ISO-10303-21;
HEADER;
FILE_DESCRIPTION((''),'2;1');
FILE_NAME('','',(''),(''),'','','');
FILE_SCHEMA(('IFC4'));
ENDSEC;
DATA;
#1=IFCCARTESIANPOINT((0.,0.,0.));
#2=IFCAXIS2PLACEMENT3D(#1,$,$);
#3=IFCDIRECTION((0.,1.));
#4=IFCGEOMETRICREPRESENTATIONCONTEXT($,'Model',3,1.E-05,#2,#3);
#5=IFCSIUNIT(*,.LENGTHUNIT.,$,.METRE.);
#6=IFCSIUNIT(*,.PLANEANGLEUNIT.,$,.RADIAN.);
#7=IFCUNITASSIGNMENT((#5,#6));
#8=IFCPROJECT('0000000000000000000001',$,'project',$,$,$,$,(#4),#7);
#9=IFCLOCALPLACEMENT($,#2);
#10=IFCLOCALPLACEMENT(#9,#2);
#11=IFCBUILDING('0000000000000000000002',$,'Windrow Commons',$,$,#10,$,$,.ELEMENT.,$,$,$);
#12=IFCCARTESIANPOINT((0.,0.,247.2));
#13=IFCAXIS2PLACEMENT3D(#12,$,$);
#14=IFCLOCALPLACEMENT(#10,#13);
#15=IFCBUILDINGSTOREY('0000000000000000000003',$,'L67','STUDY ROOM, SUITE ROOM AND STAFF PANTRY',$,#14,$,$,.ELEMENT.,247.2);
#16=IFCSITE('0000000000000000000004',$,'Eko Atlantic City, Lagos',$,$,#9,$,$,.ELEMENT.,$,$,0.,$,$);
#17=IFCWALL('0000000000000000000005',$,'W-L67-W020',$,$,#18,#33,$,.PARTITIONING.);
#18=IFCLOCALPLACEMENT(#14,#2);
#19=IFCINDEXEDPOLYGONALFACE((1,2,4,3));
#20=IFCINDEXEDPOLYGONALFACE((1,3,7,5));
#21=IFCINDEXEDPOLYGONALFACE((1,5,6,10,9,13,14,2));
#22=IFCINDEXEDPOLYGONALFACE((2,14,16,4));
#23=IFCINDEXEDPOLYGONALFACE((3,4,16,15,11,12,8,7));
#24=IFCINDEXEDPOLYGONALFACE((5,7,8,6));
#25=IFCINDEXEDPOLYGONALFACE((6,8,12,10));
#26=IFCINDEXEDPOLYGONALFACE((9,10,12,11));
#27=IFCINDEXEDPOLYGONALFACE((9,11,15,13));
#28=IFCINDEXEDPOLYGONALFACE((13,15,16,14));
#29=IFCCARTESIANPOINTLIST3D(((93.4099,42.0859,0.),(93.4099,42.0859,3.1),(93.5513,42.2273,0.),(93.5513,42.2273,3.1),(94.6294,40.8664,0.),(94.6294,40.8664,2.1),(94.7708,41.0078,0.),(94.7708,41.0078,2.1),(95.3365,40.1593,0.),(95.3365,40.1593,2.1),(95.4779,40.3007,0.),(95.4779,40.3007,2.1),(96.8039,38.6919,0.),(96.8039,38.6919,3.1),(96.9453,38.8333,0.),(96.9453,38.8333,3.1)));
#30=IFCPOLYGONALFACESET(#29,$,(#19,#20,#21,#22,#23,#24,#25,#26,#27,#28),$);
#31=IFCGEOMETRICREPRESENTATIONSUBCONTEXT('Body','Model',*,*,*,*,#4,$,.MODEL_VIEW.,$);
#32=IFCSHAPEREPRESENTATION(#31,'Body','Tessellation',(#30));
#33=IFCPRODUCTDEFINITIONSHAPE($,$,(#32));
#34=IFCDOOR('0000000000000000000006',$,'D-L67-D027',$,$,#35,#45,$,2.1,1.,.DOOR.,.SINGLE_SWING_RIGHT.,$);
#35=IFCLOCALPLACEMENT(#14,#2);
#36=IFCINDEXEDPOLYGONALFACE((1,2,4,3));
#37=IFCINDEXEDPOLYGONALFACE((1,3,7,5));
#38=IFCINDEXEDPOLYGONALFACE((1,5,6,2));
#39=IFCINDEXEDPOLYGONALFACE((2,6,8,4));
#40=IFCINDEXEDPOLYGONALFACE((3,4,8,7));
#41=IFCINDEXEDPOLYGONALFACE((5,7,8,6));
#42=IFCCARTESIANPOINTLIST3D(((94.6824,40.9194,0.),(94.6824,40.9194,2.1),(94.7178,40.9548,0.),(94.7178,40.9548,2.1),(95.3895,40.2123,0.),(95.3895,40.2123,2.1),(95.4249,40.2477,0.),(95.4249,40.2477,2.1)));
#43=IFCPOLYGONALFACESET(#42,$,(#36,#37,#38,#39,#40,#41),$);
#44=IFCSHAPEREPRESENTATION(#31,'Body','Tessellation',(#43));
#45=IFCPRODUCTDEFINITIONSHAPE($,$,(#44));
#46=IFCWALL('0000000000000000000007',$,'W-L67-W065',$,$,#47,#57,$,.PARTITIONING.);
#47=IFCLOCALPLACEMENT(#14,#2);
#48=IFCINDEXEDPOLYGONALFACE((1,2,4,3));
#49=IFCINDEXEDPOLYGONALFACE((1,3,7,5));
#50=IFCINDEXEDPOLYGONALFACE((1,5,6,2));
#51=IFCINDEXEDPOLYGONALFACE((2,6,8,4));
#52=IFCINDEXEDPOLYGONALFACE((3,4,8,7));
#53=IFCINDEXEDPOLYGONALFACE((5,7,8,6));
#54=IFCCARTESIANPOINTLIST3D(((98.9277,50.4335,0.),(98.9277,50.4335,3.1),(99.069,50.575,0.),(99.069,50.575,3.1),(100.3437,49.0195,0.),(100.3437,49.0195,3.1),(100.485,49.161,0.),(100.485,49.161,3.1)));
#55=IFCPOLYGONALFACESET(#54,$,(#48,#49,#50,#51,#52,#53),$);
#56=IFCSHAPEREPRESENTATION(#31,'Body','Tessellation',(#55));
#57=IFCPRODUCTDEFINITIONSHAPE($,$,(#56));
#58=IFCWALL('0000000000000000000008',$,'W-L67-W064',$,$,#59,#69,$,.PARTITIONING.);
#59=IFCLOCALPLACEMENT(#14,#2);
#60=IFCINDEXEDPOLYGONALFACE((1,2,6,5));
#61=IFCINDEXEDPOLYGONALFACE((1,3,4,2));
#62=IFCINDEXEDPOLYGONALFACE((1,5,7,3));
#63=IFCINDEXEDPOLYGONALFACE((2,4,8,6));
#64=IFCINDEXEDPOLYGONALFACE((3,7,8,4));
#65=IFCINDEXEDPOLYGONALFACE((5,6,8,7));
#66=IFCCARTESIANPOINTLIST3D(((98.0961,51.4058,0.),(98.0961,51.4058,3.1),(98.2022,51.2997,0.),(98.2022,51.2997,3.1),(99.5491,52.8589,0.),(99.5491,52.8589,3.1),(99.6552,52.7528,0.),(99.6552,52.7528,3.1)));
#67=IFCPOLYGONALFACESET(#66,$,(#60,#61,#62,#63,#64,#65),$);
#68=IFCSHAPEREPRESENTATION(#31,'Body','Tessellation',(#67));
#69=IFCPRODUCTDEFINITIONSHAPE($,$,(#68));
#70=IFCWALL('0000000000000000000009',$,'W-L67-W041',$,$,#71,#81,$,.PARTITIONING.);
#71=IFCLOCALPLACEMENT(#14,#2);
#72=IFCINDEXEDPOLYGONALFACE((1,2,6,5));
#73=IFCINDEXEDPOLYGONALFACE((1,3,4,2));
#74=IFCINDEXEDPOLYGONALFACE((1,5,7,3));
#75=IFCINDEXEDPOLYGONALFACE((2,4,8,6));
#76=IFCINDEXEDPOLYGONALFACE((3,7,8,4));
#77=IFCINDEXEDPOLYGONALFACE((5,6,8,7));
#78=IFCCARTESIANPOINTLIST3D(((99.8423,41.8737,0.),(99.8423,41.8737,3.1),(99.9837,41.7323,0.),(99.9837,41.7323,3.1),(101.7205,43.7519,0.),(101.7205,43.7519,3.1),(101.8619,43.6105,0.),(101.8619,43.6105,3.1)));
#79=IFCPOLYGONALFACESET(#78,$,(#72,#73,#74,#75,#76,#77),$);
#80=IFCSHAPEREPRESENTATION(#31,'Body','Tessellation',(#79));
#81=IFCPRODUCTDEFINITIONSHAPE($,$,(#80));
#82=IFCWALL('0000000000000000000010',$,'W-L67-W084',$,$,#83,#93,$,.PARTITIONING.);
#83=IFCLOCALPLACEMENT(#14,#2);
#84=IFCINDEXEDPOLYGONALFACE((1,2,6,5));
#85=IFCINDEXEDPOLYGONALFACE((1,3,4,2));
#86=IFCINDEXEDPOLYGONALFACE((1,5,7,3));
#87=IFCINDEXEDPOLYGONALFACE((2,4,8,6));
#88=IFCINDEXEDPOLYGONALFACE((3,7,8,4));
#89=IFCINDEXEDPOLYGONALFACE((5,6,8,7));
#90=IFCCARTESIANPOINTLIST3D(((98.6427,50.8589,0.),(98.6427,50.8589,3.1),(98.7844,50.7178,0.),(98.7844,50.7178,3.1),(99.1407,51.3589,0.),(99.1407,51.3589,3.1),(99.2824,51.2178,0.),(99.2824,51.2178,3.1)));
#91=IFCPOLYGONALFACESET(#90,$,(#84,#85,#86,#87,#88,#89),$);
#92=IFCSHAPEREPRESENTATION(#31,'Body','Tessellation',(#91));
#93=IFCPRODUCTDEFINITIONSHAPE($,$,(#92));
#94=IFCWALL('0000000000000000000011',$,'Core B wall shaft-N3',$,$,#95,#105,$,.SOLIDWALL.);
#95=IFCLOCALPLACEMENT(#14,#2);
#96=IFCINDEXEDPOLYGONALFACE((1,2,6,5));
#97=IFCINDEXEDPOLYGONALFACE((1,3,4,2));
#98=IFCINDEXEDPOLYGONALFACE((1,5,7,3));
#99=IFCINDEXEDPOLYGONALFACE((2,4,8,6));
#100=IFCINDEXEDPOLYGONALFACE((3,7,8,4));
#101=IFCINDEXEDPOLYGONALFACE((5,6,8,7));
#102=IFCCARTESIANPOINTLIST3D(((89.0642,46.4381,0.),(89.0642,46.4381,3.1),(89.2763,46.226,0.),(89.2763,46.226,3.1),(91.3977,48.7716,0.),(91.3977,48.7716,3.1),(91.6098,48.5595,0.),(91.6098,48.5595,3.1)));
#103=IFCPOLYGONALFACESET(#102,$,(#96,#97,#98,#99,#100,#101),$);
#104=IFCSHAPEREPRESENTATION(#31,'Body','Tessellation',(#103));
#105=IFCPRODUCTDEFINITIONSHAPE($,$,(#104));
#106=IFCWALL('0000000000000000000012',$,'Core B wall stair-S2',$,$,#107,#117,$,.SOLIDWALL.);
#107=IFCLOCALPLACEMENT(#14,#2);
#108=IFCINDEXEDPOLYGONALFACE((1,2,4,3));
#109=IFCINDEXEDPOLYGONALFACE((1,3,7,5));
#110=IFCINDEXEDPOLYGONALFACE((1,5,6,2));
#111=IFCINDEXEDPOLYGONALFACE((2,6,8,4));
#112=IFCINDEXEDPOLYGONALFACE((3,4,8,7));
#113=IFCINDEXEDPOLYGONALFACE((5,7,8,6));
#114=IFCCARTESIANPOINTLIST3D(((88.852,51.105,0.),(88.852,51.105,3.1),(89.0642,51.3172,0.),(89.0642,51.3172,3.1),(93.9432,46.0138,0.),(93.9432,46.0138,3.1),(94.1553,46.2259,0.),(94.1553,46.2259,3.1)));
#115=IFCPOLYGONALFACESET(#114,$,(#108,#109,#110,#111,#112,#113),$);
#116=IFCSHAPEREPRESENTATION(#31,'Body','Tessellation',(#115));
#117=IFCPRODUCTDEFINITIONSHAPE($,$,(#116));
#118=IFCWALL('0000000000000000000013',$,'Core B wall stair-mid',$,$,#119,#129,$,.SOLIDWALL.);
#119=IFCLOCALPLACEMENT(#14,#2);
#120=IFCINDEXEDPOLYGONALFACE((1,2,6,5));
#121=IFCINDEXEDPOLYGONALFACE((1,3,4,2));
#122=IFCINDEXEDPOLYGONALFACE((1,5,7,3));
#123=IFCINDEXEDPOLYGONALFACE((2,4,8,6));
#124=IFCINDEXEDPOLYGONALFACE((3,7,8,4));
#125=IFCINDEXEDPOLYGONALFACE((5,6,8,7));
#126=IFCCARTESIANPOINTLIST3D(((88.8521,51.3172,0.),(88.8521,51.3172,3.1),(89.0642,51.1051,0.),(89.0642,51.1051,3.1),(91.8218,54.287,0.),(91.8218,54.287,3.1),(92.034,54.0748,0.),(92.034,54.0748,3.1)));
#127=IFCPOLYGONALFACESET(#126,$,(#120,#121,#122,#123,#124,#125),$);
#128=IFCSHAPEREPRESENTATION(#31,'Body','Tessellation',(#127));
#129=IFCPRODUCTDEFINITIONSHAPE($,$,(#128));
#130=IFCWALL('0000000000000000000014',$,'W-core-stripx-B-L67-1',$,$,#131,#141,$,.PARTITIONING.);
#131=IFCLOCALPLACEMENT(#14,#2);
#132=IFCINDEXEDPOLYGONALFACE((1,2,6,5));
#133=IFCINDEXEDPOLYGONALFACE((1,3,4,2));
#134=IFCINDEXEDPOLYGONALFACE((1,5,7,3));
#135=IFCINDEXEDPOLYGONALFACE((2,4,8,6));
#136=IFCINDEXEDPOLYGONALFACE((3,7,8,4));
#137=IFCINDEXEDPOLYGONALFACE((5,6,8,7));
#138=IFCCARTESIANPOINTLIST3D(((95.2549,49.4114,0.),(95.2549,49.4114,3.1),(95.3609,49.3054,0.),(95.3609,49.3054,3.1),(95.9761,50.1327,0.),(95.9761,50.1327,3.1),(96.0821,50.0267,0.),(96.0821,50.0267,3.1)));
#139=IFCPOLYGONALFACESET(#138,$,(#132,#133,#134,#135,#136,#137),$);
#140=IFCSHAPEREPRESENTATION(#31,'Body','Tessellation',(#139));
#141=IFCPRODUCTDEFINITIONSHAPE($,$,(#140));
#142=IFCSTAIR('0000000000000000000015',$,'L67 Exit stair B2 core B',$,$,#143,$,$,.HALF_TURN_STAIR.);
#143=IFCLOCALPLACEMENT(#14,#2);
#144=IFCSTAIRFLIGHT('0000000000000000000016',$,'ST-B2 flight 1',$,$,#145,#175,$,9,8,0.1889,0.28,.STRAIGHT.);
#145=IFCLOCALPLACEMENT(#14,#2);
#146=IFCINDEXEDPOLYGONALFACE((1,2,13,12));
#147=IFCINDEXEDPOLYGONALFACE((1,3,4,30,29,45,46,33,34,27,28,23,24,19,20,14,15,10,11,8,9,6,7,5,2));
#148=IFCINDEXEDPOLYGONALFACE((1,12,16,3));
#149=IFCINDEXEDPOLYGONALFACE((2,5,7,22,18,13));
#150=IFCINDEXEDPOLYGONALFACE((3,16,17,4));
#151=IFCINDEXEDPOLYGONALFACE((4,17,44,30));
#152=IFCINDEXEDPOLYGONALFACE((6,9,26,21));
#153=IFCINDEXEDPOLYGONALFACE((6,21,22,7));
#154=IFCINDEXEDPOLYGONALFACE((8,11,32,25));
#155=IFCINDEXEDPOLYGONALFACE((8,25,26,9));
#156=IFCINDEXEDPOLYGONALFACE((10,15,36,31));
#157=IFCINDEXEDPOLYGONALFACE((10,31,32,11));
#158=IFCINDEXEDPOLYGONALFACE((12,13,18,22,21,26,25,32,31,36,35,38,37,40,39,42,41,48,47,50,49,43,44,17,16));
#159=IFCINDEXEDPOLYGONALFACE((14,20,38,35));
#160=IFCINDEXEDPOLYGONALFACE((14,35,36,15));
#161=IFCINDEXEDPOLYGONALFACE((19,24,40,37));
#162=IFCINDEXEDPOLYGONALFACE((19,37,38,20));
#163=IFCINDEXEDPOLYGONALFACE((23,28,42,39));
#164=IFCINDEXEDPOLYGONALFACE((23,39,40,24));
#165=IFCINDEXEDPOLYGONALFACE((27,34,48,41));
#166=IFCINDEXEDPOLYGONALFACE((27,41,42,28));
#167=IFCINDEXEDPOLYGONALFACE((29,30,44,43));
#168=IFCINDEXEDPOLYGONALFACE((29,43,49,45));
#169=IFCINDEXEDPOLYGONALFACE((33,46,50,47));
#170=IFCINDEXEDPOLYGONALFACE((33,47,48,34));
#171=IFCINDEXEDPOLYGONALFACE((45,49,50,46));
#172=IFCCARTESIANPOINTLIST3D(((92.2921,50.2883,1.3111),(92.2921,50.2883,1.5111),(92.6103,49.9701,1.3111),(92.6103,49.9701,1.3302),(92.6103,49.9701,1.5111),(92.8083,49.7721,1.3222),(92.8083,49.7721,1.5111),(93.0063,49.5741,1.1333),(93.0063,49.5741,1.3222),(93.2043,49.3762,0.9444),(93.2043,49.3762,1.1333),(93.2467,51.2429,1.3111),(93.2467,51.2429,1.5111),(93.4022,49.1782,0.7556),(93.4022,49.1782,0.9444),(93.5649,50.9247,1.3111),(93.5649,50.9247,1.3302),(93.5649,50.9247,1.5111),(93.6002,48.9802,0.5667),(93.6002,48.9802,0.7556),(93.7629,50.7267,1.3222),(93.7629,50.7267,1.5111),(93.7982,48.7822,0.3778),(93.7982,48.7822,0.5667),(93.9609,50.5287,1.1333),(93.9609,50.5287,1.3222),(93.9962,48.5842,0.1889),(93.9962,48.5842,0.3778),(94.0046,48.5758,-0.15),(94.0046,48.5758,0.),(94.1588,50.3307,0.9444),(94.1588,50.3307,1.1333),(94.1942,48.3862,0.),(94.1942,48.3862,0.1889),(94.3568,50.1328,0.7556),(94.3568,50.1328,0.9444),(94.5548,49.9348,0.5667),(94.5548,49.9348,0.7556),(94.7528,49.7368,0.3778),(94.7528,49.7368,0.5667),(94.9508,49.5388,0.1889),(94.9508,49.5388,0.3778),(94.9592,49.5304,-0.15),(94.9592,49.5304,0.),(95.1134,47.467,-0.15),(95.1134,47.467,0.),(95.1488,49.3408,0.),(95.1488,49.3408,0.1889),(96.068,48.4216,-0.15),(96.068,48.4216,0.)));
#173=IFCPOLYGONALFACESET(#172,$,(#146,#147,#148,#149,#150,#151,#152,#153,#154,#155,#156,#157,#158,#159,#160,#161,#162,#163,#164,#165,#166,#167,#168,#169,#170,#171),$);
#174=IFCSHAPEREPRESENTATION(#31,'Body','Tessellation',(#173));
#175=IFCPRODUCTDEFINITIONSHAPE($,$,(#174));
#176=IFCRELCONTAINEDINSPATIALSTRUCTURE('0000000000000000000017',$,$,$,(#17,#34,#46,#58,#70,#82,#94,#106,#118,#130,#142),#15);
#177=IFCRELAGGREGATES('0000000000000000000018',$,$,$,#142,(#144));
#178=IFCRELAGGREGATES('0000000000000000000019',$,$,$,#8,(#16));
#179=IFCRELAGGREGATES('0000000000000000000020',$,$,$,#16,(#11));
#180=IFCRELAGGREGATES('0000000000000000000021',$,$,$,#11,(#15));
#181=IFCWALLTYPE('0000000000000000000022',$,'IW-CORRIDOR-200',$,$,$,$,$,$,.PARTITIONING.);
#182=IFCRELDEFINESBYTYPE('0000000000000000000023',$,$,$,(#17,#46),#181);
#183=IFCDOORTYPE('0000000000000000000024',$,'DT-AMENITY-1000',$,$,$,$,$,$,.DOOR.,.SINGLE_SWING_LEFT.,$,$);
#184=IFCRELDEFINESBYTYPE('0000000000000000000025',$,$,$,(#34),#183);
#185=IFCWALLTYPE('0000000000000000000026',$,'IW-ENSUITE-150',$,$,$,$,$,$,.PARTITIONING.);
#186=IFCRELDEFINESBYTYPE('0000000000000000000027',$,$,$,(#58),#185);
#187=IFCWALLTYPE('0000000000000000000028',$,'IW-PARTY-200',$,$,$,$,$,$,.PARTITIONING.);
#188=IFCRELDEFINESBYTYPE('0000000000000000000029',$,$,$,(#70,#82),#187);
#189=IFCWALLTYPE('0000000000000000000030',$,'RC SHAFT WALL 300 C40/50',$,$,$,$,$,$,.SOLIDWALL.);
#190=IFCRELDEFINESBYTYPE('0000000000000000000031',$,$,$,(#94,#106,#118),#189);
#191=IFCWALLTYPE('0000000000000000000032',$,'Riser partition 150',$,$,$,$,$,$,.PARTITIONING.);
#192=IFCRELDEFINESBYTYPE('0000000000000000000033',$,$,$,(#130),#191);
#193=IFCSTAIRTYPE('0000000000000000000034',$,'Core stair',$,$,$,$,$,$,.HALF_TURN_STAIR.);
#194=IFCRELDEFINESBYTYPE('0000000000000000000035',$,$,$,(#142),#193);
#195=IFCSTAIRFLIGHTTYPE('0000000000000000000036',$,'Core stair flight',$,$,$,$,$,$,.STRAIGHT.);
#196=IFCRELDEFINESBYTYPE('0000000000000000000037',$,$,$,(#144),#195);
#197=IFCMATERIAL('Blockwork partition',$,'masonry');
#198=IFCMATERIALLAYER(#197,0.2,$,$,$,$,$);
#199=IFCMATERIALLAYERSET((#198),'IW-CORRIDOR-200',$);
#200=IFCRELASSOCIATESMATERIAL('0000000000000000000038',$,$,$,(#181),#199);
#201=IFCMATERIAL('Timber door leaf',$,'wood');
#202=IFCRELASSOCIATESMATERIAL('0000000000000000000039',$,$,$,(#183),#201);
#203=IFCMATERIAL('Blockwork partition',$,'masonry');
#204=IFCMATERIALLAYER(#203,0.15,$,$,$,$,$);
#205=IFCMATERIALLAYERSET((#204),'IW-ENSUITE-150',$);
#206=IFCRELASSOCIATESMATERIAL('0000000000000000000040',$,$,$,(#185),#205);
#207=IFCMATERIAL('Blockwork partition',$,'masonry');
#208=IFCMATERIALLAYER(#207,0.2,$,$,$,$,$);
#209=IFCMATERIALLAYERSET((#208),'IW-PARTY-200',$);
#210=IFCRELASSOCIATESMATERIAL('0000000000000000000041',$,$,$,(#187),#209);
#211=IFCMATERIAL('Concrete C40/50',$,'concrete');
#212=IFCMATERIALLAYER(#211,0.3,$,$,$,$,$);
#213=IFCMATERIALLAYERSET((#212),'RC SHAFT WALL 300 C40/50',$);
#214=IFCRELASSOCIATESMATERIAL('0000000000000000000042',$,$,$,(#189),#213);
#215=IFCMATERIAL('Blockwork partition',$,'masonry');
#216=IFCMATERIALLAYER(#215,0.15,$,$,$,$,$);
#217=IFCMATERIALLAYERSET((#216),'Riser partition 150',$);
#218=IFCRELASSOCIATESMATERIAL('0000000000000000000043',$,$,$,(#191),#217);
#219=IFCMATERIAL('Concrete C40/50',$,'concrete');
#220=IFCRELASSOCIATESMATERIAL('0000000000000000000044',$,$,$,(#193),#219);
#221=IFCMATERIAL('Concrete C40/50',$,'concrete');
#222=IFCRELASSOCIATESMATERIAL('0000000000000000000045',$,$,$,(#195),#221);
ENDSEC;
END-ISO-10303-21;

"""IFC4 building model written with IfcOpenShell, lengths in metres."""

from ifc_helpers import new_model, si_unit, direction, frame, frame_2d, origin, place, context, subcontext, project, spatial, polyline, rectangle, outline, extrude, material, layer, layer_set, type_object, element, fill, aggregate, save


model = new_model("IFC4")

# Units and contexts
model_context = context("Model", 3, precision=1e-05, world=origin(), true_north=direction((0.0, 1.0)))
body_context = subcontext(model_context, "Body", "Model", "MODEL_VIEW")
ifc_project = project(units=[si_unit("LENGTHUNIT", "METRE"), si_unit("PLANEANGLEUNIT", "RADIAN")], contexts=[model_context])

# Site, building, storey
site_placement = place(None, origin())
site = spatial("IfcSite", under=ifc_project, at=site_placement, Name="Eko Atlantic City, Lagos", CompositionType="ELEMENT", RefElevation=0.0)
building_placement = place(site_placement, origin())
building = spatial("IfcBuilding", under=site, at=building_placement, Name="Windrow Commons", CompositionType="ELEMENT")
storey_placement = place(building_placement, frame((0.0, 0.0, 247.2)))
storey = spatial("IfcBuildingStorey", under=building, at=storey_placement, Name="L67", Description="STUDY ROOM, SUITE ROOM AND STAFF PANTRY", CompositionType="ELEMENT", Elevation=247.2)

# Wall, opening, door
ifc_material_1 = material(Name="Blockwork partition", Category="masonry")
ifc_layer_1 = layer(ifc_material_1, 0.2)
ifc_layer_set_1 = layer_set([ifc_layer_1], Name="IW-CORRIDOR-200")
wall_type_1 = type_object("IfcWallType", Name="IW-CORRIDOR-200", PredefinedType="PARTITIONING", material=ifc_layer_set_1)
ifc_material_2 = material(Name="Timber door leaf", Category="wood")
door_type = type_object("IfcDoorType", Name="DT-AMENITY-1000", OperationType="SINGLE_SWING_LEFT", PredefinedType="DOOR", material=ifc_material_2)
wall_1_placement = place(storey_placement, frame((93.4806, 42.1566, 0.0), z_axis=(0.0, 0.0, 1.0), x_axis=(0.707107, -0.707107, 0.0)))
wall_1 = element("IfcWall", 1, at=wall_1_placement, inside=storey, type_object=wall_type_1, Name="W-L67-W020", PredefinedType="PARTITIONING", context=body_context, shape_type="SweptSolid", body=[
    extrude(rectangle(XDim=4.7998, YDim=0.2, at=frame_2d((2.3999, 0.0))), origin(), (0.0, 0.0, 1.0), 3.1),
])
opening_1_placement = place(wall_1_placement, frame((1.7246, 0.0, 0.0)))
opening_1 = element("IfcOpeningElement", 2, at=opening_1_placement, cuts=wall_1, PredefinedType="OPENING", context=body_context, shape_type="SweptSolid", body=[
    extrude(rectangle(XDim=1.0, YDim=2.1, at=frame_2d((0.5, 1.05))), frame((0.0, 0.11, 0.0), z_axis=(0.0, -1.0, 0.0), x_axis=(1.0, 0.0, 0.0)), (0.0, 0.0, 1.0), 0.22),
])
door_1_placement = place(opening_1_placement, origin())
door_1 = element("IfcDoor", 3, at=door_1_placement, inside=storey, type_object=door_type, Name="D-L67-D027", OperationType="SINGLE_SWING_RIGHT", OverallHeight=2.1, OverallWidth=1.0, PredefinedType="DOOR", context=body_context, shape_type="SweptSolid", body=[
    extrude(rectangle(XDim=1.0, YDim=2.1, at=frame_2d((0.5, 1.05))), frame((0.0, 0.025, 0.0), z_axis=(0.0, -1.0, 0.0), x_axis=(1.0, 0.0, 0.0)), (0.0, 0.0, 1.0), 0.05),
])
fill(opening_1, door_1)

# Walls
wall_2_placement = place(storey_placement, frame((98.9983, 50.5043, 0.0), z_axis=(0.0, 0.0, 1.0), x_axis=(0.707606, -0.706607, 0.0)))
element("IfcWall", 4, at=wall_2_placement, inside=storey, type_object=wall_type_1, Name="W-L67-W065", PredefinedType="PARTITIONING", context=body_context, shape_type="SweptSolid", body=[
    extrude(rectangle(XDim=2.0011, YDim=0.2, at=frame_2d((1.0006, 0.0))), origin(), (0.0, 0.0, 1.0), 3.1),
])
ifc_material_3 = material(Name="Blockwork partition", Category="masonry")
ifc_layer_2 = layer(ifc_material_3, 0.15)
ifc_layer_set_2 = layer_set([ifc_layer_2], Name="IW-ENSUITE-150")
wall_type_2 = type_object("IfcWallType", Name="IW-ENSUITE-150", PredefinedType="PARTITIONING", material=ifc_layer_set_2)
wall_3_placement = place(storey_placement, frame((98.1492, 51.3528, 0.0), z_axis=(0.0, 0.0, 1.0), x_axis=(0.707082, 0.707131, 0.0)))
element("IfcWall", 5, at=wall_3_placement, inside=storey, type_object=wall_type_2, Name="W-L67-W064", PredefinedType="PARTITIONING", context=body_context, shape_type="SweptSolid", body=[
    extrude(rectangle(XDim=2.0549, YDim=0.15, at=frame_2d((1.0274, 0.0))), origin(), (0.0, 0.0, 1.0), 3.1),
])
ifc_material_4 = material(Name="Blockwork partition", Category="masonry")
ifc_layer_3 = layer(ifc_material_4, 0.2)
ifc_layer_set_3 = layer_set([ifc_layer_3], Name="IW-PARTY-200")
wall_type_3 = type_object("IfcWallType", Name="IW-PARTY-200", PredefinedType="PARTITIONING", material=ifc_layer_set_3)
wall_4_placement = place(storey_placement, frame((99.913, 41.803, 0.0), z_axis=(0.0, 0.0, 1.0), x_axis=(0.707107, 0.707107, 0.0)))
element("IfcWall", 6, at=wall_4_placement, inside=storey, type_object=wall_type_3, Name="W-L67-W041", PredefinedType="PARTITIONING", context=body_context, shape_type="SweptSolid", body=[
    extrude(rectangle(XDim=2.6562, YDim=0.2, at=frame_2d((1.3281, 0.0))), origin(), (0.0, 0.0, 1.0), 3.1),
])
wall_5_placement = place(storey_placement, frame((98.7136, 50.7884, 0.0), z_axis=(0.0, 0.0, 1.0), x_axis=(0.705688, 0.708522, 0.0)))
element("IfcWall", 7, at=wall_5_placement, inside=storey, type_object=wall_type_3, Name="W-L67-W084", PredefinedType="PARTITIONING", context=body_context, shape_type="SweptSolid", body=[
    extrude(rectangle(XDim=0.7057, YDim=0.2, at=frame_2d((0.3528, 0.0))), origin(), (0.0, 0.0, 1.0), 3.1),
])
ifc_material_5 = material(Name="Concrete C40/50", Category="concrete")
ifc_layer_4 = layer(ifc_material_5, 0.3)
ifc_layer_set_4 = layer_set([ifc_layer_4], Name="RC SHAFT WALL 300 C40/50")
wall_type_4 = type_object("IfcWallType", Name="RC SHAFT WALL 300 C40/50", PredefinedType="SOLIDWALL", material=ifc_layer_set_4)
wall_6_placement = place(storey_placement, frame((89.1702, 46.332, 0.0), z_axis=(0.0, 0.0, 1.0), x_axis=(0.707107, 0.707107, 0.0)))
element("IfcWall", 8, at=wall_6_placement, inside=storey, type_object=wall_type_4, Name="Core B wall shaft-N3", PredefinedType="SOLIDWALL", context=body_context, shape_type="SweptSolid", body=[
    extrude(rectangle(XDim=3.3001, YDim=0.3, at=frame_2d((1.6501, 0.0))), origin(), (0.0, 0.0, 1.0), 3.1),
])
wall_7_placement = place(storey_placement, frame((88.9581, 51.2111, 0.0), z_axis=(0.0, 0.0, 1.0), x_axis=(0.7071, -0.707114, 0.0)))
element("IfcWall", 9, at=wall_7_placement, inside=storey, type_object=wall_type_4, Name="Core B wall stair-S2", PredefinedType="SOLIDWALL", context=body_context, shape_type="SweptSolid", body=[
    extrude(rectangle(XDim=7.2, YDim=0.3, at=frame_2d((3.6, 0.0))), origin(), (0.0, 0.0, 1.0), 3.1),
])
wall_8_placement = place(storey_placement, frame((88.9581, 51.2111, 0.0), z_axis=(0.0, 0.0, 1.0), x_axis=(0.707107, 0.707107, 0.0)))
element("IfcWall", 10, at=wall_8_placement, inside=storey, type_object=wall_type_4, Name="Core B wall stair-mid", PredefinedType="SOLIDWALL", context=body_context, shape_type="SweptSolid", body=[
    extrude(rectangle(XDim=4.1999, YDim=0.3, at=frame_2d((2.1, 0.0))), origin(), (0.0, 0.0, 1.0), 3.1),
])
ifc_material_6 = material(Name="Blockwork partition", Category="masonry")
ifc_layer_5 = layer(ifc_material_6, 0.15)
ifc_layer_set_5 = layer_set([ifc_layer_5], Name="Riser partition 150")
wall_type_5 = type_object("IfcWallType", Name="Riser partition 150", PredefinedType="PARTITIONING", material=ifc_layer_set_5)
wall_9_placement = place(storey_placement, frame((95.3079, 49.3584, 0.0), z_axis=(0.0, 0.0, 1.0), x_axis=(0.707058, 0.707156, 0.0)))
element("IfcWall", 11, at=wall_9_placement, inside=storey, type_object=wall_type_5, Name="W-core-stripx-B-L67-1", PredefinedType="PARTITIONING", context=body_context, shape_type="SweptSolid", body=[
    extrude(rectangle(XDim=1.02, YDim=0.15, at=frame_2d((0.51, 0.0))), origin(), (0.0, 0.0, 1.0), 3.1),
])

# Stair, stair flight
ifc_material_7 = material(Name="Concrete C40/50", Category="concrete")
stair_type = type_object("IfcStairType", Name="Core stair", PredefinedType="HALF_TURN_STAIR", material=ifc_material_7)
stair_placement = place(storey_placement, origin())
stair = element("IfcStair", 12, at=stair_placement, inside=storey, type_object=stair_type, Name="L67 Exit stair B2 core B", PredefinedType="HALF_TURN_STAIR")
ifc_material_8 = material(Name="Concrete C40/50", Category="concrete")
stair_flight_type = type_object("IfcStairFlightType", Name="Core stair flight", PredefinedType="STRAIGHT", material=ifc_material_8)
stair_flight_1_placement = place(storey_placement, frame((94.6715, 48.8635, 0.0), z_axis=(0.0, 0.0, 1.0), x_axis=(-0.707107, 0.707107, 0.0)))
stair_flight_1 = element("IfcStairFlight", 13, at=stair_flight_1_placement, type_object=stair_flight_type, Name="ST-B2 flight 1", NumberOfRisers=9, NumberOfTreads=8, PredefinedType="STRAIGHT", RiserHeight=0.1889, TreadLength=0.28, context=body_context, shape_type="SweptSolid", body=[
    extrude(outline(polyline([(-1.3, -0.15), (-1.3, 0.0), (0.0, 0.0), (0.0, 0.1889), (0.28, 0.1889), (0.28, 0.3778), (0.56, 0.3778), (0.56, 0.5667), (0.84, 0.5667), (0.84, 0.7556), (1.12, 0.7556), (1.12, 0.9444), (1.4, 0.9444), (1.4, 1.1333), (1.68, 1.1333), (1.68, 1.3222), (1.96, 1.3222), (1.96, 1.5111), (2.24, 1.5111), (2.69, 1.5111), (2.69, 1.3111), (2.24, 1.3111), (2.24, 1.3302), (0.2682, 0.0), (0.2682, -0.15), (-1.3, -0.15)])), frame((0.0, 0.675, 0.0), z_axis=(0.0, -1.0, 0.0), x_axis=(1.0, 0.0, 0.0)), (0.0, 0.0, 1.0), 1.35),
])
aggregate(stair, [stair_flight_1])

save(model, "model.ifc")
